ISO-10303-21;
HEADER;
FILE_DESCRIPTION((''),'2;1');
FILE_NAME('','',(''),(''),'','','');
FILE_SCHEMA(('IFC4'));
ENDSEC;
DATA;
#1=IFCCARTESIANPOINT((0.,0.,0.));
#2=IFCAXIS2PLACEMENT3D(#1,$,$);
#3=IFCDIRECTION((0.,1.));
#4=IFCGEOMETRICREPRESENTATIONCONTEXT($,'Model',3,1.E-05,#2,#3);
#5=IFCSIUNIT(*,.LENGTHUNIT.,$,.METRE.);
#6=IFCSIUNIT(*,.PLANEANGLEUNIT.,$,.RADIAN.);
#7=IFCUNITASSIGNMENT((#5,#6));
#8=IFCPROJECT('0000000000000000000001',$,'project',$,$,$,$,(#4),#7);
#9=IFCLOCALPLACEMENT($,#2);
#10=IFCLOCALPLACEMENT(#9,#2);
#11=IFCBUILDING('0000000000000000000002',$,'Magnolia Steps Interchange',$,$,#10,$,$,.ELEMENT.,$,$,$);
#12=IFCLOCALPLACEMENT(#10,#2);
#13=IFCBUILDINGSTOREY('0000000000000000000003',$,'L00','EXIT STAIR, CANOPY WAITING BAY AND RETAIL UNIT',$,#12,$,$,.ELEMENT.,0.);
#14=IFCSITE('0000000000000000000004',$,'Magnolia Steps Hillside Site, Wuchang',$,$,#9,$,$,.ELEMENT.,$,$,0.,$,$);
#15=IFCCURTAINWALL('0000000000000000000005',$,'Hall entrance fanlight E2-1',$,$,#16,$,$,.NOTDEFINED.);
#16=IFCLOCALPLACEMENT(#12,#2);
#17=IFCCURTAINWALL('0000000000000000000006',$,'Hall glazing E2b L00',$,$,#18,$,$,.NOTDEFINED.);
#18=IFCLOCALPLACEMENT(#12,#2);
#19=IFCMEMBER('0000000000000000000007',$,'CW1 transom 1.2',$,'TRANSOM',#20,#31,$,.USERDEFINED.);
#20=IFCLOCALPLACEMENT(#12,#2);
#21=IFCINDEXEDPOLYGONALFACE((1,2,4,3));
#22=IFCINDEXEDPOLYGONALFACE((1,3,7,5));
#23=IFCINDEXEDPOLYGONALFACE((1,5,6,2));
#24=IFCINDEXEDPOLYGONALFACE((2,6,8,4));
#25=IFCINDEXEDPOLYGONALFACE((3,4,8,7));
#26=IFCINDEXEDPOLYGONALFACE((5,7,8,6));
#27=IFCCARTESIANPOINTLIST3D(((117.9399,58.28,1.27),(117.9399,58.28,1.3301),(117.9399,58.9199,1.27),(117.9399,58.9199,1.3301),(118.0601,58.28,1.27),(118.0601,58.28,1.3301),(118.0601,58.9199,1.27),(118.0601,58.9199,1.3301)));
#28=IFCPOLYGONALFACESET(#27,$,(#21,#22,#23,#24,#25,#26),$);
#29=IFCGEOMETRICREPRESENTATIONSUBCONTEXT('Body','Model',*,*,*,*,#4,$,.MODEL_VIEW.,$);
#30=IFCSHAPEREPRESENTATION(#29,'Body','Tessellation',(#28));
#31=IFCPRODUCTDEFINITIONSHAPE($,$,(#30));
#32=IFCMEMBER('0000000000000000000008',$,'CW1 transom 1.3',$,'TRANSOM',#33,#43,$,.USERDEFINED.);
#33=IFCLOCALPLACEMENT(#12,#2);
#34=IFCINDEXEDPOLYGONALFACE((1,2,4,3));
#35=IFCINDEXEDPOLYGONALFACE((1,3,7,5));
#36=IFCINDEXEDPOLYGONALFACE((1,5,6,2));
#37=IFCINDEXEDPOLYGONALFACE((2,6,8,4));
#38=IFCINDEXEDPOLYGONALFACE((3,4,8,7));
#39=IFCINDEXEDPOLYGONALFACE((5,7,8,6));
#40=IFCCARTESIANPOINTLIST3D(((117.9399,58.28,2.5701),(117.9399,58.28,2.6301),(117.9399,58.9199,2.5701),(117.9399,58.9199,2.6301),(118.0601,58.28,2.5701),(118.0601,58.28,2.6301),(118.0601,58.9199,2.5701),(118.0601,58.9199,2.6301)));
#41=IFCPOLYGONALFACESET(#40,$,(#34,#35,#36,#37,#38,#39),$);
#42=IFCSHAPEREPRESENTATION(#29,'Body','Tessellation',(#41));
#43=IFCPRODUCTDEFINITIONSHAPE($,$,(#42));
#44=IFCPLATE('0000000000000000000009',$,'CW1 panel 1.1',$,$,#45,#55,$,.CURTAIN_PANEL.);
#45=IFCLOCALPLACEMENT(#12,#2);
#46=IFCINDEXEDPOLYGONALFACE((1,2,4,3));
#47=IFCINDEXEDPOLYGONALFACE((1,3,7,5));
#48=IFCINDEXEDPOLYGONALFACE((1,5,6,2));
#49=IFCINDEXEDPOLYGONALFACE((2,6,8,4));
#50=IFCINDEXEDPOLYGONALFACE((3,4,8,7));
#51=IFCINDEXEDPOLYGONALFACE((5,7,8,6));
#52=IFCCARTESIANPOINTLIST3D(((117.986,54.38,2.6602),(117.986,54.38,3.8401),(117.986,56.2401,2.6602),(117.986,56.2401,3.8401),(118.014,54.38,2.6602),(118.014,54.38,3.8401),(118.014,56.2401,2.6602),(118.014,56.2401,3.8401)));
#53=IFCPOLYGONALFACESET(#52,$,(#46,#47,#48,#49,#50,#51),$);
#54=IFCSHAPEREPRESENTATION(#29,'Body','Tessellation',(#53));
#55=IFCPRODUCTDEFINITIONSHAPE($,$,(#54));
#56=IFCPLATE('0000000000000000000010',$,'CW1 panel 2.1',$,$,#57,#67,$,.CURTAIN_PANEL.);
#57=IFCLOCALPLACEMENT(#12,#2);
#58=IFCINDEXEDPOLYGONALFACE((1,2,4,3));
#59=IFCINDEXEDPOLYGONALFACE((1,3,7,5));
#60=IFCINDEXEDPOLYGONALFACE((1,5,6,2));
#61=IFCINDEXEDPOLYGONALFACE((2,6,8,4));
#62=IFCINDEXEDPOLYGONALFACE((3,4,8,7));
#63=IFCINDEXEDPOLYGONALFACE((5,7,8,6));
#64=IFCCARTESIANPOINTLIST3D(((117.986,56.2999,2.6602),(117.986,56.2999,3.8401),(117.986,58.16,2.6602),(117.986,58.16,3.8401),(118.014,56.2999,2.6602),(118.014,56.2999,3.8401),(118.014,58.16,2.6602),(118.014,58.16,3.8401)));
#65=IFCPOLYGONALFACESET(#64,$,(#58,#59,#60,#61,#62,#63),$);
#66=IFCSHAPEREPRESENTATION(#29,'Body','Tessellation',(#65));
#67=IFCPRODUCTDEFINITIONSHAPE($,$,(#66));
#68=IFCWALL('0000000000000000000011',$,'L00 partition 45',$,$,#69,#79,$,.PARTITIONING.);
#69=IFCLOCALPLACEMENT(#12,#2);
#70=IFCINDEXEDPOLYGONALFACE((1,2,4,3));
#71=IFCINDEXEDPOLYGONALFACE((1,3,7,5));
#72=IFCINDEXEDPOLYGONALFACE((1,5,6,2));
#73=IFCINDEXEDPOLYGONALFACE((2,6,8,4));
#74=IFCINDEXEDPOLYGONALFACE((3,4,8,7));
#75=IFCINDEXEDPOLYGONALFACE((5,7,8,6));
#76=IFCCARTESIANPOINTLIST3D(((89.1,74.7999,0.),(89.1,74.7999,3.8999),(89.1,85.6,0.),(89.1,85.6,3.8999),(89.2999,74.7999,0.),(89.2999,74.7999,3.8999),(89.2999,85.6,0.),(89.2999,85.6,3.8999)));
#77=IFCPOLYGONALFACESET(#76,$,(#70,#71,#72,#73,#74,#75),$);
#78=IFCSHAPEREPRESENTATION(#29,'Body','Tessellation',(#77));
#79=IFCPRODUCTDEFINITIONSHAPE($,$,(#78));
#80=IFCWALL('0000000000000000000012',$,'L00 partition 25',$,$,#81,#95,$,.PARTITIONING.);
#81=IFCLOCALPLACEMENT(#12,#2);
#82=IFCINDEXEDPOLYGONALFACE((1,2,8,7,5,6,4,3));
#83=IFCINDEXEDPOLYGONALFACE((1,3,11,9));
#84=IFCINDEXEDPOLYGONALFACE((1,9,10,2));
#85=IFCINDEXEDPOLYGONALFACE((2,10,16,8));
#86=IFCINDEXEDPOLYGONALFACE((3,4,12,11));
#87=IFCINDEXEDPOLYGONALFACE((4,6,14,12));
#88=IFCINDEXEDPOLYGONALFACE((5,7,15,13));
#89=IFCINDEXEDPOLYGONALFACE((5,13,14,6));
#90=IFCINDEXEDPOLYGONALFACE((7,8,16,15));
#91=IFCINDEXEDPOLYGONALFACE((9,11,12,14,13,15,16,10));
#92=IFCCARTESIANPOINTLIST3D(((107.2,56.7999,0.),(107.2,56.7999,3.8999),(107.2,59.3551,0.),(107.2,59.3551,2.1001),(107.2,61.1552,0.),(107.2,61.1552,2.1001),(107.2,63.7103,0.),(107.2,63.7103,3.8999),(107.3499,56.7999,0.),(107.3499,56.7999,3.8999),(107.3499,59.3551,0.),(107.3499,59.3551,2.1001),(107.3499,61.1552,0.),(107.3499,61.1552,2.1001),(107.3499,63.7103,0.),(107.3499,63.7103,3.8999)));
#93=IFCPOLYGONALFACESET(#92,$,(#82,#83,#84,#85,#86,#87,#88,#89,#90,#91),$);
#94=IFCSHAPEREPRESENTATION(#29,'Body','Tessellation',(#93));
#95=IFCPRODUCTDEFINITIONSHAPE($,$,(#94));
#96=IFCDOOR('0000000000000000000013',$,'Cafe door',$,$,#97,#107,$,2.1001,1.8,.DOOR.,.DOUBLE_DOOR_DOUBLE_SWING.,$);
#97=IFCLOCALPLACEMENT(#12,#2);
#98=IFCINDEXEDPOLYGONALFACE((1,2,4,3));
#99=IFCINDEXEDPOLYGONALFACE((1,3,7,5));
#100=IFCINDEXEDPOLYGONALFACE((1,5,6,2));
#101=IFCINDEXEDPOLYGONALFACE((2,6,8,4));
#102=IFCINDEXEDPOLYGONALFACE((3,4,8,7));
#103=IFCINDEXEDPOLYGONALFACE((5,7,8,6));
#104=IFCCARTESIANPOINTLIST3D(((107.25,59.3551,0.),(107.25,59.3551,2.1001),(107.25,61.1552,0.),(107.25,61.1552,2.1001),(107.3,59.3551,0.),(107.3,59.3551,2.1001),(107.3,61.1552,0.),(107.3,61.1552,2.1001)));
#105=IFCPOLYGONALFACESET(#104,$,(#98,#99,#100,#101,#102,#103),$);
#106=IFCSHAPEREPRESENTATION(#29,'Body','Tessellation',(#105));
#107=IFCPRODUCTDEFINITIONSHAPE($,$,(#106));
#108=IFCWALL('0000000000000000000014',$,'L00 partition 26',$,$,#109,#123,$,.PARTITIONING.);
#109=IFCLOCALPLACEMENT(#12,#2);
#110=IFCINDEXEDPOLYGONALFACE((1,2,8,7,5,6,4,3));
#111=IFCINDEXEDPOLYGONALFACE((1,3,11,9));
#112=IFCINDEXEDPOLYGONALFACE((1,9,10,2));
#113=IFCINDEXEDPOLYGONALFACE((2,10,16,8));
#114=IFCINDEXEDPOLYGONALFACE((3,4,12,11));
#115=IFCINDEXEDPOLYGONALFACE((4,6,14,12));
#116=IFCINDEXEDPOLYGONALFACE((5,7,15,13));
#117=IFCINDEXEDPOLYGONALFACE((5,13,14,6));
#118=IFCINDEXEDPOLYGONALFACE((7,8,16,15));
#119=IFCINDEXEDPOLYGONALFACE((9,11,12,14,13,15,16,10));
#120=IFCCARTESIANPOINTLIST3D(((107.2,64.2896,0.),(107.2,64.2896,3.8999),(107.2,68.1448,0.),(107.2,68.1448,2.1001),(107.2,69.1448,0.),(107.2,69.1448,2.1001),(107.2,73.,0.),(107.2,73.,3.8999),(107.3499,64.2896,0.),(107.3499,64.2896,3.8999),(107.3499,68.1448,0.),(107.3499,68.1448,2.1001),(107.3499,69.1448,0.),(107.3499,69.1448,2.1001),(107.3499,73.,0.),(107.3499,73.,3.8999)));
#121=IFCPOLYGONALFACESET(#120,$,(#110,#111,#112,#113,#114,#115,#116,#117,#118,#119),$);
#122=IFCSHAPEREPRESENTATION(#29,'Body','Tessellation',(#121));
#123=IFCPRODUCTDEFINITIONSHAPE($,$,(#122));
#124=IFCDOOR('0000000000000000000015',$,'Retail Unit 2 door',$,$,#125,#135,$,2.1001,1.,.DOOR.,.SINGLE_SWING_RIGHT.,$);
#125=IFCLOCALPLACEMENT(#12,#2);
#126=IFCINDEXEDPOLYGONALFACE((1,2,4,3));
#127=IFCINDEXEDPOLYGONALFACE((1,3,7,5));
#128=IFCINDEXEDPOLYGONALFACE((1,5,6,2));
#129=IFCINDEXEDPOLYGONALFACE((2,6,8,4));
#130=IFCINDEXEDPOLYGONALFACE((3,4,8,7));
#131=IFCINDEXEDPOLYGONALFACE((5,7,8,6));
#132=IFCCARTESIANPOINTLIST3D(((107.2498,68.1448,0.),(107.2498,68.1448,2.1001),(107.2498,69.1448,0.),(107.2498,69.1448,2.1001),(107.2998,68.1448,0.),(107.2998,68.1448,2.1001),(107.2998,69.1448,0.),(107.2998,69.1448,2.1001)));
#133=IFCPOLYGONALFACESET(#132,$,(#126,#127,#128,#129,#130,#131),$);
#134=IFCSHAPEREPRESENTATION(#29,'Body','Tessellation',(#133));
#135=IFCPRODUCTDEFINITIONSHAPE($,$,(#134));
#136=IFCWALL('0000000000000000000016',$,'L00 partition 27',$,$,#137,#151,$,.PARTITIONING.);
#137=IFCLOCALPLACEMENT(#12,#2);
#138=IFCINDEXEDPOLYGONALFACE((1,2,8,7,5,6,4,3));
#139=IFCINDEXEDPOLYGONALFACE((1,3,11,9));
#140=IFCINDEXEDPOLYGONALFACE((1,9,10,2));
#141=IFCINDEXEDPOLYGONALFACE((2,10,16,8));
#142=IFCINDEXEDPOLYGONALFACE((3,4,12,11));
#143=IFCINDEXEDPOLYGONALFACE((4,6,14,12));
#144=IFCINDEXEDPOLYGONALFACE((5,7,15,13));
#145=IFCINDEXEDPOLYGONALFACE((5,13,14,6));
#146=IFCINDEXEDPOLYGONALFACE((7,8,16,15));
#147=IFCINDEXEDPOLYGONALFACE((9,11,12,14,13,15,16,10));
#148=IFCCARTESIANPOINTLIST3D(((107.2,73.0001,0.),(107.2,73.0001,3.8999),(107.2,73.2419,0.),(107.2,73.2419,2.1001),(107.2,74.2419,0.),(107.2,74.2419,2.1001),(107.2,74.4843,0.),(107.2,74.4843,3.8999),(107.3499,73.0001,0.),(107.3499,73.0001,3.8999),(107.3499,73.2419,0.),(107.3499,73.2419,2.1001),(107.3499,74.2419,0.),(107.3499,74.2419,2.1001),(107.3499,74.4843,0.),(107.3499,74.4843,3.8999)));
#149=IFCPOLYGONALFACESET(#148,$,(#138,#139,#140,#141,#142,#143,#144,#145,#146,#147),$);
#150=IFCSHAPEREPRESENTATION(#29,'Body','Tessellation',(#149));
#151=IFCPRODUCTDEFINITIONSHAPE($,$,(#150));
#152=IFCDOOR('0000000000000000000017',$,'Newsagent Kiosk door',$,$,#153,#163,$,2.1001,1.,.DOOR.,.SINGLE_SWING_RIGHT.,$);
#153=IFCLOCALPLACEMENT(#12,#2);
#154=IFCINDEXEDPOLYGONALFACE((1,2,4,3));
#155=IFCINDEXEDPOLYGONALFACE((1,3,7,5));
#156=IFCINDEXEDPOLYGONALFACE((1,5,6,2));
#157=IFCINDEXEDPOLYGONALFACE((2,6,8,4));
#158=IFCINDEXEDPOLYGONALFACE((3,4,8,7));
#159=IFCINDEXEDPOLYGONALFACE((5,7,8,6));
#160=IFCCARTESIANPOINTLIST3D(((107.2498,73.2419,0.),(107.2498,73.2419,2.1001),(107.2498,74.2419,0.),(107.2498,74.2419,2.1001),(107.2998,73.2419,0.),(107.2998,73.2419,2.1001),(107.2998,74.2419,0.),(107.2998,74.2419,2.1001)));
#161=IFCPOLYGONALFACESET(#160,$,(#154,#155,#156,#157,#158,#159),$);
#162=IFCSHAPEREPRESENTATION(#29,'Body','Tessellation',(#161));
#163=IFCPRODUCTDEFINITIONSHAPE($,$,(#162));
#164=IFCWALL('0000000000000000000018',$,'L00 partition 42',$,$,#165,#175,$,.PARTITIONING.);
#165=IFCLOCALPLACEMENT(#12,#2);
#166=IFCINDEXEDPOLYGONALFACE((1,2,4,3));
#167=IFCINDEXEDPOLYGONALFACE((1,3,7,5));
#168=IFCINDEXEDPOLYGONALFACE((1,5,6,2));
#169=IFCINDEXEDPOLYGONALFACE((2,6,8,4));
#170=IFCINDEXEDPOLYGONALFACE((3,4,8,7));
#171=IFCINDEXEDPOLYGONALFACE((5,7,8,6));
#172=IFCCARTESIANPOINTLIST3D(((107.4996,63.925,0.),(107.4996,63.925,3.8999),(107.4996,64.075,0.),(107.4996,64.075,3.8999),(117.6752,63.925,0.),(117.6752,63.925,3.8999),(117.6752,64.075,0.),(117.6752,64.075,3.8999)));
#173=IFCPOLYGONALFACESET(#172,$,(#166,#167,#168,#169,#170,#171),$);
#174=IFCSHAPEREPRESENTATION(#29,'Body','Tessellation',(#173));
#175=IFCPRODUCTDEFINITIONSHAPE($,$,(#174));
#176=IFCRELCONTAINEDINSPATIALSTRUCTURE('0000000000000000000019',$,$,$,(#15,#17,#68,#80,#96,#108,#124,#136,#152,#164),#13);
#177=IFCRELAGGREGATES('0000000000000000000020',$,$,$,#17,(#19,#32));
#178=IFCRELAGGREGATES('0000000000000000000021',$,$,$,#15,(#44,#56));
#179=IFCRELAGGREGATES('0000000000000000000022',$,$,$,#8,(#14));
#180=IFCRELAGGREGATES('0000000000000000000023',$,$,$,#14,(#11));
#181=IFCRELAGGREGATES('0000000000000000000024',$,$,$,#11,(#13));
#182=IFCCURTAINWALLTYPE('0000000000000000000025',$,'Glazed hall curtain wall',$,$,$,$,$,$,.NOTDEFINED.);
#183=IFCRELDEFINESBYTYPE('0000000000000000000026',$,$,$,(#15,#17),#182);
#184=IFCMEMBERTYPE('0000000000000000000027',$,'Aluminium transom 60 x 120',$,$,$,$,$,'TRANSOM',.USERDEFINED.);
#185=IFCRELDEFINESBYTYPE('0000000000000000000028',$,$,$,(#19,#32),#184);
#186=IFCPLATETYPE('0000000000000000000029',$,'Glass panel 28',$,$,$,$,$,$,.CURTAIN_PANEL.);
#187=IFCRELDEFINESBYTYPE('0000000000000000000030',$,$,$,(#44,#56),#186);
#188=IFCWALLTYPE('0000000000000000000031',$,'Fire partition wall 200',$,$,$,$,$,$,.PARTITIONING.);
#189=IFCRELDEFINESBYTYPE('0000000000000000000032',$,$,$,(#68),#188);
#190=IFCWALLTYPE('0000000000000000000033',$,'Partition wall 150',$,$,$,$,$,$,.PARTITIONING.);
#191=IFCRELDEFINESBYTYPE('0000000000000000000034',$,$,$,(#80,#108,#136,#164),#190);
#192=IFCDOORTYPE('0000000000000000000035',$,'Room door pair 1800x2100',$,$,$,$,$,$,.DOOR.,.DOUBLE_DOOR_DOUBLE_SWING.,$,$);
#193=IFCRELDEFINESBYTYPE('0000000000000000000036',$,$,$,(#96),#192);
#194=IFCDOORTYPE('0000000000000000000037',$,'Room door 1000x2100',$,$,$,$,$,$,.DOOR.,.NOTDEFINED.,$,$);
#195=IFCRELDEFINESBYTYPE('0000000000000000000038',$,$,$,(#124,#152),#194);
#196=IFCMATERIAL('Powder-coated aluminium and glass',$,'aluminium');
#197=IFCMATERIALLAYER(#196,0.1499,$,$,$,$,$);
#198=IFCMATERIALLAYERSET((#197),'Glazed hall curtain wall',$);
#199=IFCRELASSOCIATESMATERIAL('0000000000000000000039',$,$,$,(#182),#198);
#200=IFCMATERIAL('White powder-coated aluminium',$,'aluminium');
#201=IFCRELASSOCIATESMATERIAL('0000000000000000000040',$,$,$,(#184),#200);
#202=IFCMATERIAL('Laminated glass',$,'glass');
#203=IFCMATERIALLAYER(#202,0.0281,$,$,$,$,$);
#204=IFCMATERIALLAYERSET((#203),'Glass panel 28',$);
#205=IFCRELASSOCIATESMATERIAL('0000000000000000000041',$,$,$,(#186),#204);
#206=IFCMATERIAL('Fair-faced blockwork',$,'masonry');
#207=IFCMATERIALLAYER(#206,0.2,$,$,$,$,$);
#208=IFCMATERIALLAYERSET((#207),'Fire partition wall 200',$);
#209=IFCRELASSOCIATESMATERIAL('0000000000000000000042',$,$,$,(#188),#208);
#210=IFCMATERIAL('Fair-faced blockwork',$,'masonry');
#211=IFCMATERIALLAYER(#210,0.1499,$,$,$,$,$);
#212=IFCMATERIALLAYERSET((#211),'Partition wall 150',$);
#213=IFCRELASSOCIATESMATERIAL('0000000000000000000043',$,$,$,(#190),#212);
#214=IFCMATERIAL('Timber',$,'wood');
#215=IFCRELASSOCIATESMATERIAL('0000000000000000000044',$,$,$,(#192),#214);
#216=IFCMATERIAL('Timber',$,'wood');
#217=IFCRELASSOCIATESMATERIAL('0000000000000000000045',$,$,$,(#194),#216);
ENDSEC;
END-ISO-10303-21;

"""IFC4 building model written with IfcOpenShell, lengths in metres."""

from ifc_helpers import new_model, si_unit, direction, frame, frame_2d, origin, origin_2d, place, context, subcontext, project, spatial, rectangle, extrude, material, layer, layer_set, material_profile, profile_set, type_object, element, fill, aggregate, save


model = new_model("IFC4")

# Units and contexts
model_context = context("Model", 3, precision=1e-05, world=origin(), true_north=direction((0.0, 1.0)))
body_context = subcontext(model_context, "Body", "Model", "MODEL_VIEW")
ifc_project = project(units=[si_unit("LENGTHUNIT", "METRE"), si_unit("PLANEANGLEUNIT", "RADIAN")], contexts=[model_context])

# Site, building, storey
site_placement = place(None, origin())
site = spatial("IfcSite", under=ifc_project, at=site_placement, Name="Magnolia Steps Hillside Site, Wuchang", CompositionType="ELEMENT", RefElevation=0.0)
building_placement = place(site_placement, origin())
building = spatial("IfcBuilding", under=site, at=building_placement, Name="Magnolia Steps Interchange", CompositionType="ELEMENT")
storey_placement = place(building_placement, origin())
storey = spatial("IfcBuildingStorey", under=building, at=storey_placement, Name="L00", Description="EXIT STAIR, CANOPY WAITING BAY AND RETAIL UNIT", CompositionType="ELEMENT", Elevation=0.0)

# Curtain wall
ifc_material_1 = material(Name="Powder-coated aluminium and glass", Category="aluminium")
ifc_layer_1 = layer(ifc_material_1, 0.1499)
ifc_layer_set_1 = layer_set([ifc_layer_1], Name="Glazed hall curtain wall")
curtain_wall_type = type_object("IfcCurtainWallType", Name="Glazed hall curtain wall", PredefinedType="NOTDEFINED", material=ifc_layer_set_1)
curtain_wall_1_placement = place(storey_placement, origin())
curtain_wall_1 = element("IfcCurtainWall", 1, at=curtain_wall_1_placement, inside=storey, type_object=curtain_wall_type, Name="Hall entrance fanlight E2-1", PredefinedType="NOTDEFINED")

# Curtain wall
curtain_wall_2_placement = place(storey_placement, origin())
curtain_wall_2 = element("IfcCurtainWall", 2, at=curtain_wall_2_placement, inside=storey, type_object=curtain_wall_type, Name="Hall glazing E2b L00", PredefinedType="NOTDEFINED")

# Members
ifc_material_2 = material(Name="White powder-coated aluminium", Category="aluminium")
ifc_material_profile_1 = material_profile(ifc_material_2, rectangle(XDim=0.0601, YDim=0.1201, at=origin_2d()), Name="Aluminium transom 60 x 120")
ifc_profile_set_1 = profile_set([ifc_material_profile_1], Name="White powder-coated aluminium")
member_type_1 = type_object("IfcMemberType", Name="Aluminium transom 60 x 120", ElementType="TRANSOM", PredefinedType="USERDEFINED", material=ifc_profile_set_1)
member_1_placement = place(storey_placement, frame((118.0, 58.28, 1.3), z_axis=(0.0, 1.0, 0.0), x_axis=(0.0, 0.0, 1.0)))
member_1 = element("IfcMember", 3, at=member_1_placement, type_object=member_type_1, Name="CW1 transom 1.2", ObjectType="TRANSOM", PredefinedType="USERDEFINED", context=body_context, shape_type="SweptSolid", body=[
    extrude(rectangle(XDim=0.0601, YDim=0.1201, at=origin_2d()), origin(), (0.0, 0.0, 1.0), 0.6399),
])
member_2_placement = place(storey_placement, frame((118.0, 58.28, 2.6001), z_axis=(0.0, 1.0, 0.0), x_axis=(0.0, 0.0, 1.0)))
member_2 = element("IfcMember", 4, at=member_2_placement, type_object=member_type_1, Name="CW1 transom 1.3", ObjectType="TRANSOM", PredefinedType="USERDEFINED", context=body_context, shape_type="SweptSolid", body=[
    extrude(rectangle(XDim=0.0601, YDim=0.1201, at=origin_2d()), origin(), (0.0, 0.0, 1.0), 0.6399),
])
aggregate(curtain_wall_2, [member_1, member_2])

# Plates
ifc_material_3 = material(Name="Laminated glass", Category="glass")
ifc_layer_2 = layer(ifc_material_3, 0.0281)
ifc_layer_set_2 = layer_set([ifc_layer_2], Name="Glass panel 28")
plate_type = type_object("IfcPlateType", Name="Glass panel 28", PredefinedType="CURTAIN_PANEL", material=ifc_layer_set_2)
plate_1_placement = place(storey_placement, frame((118.0, 55.3101, 2.6602), z_axis=(0.0, 0.0, 1.0), x_axis=(0.0, 1.0, 0.0)))
plate_1 = element("IfcPlate", 5, at=plate_1_placement, type_object=plate_type, Name="CW1 panel 1.1", PredefinedType="CURTAIN_PANEL", context=body_context, shape_type="SweptSolid", body=[
    extrude(rectangle(XDim=1.8601, YDim=0.0281, at=origin_2d()), origin(), (0.0, 0.0, 1.0), 1.1799),
])
plate_2_placement = place(storey_placement, frame((118.0, 57.23, 2.6602), z_axis=(0.0, 0.0, 1.0), x_axis=(0.0, 1.0, 0.0)))
plate_2 = element("IfcPlate", 6, at=plate_2_placement, type_object=plate_type, Name="CW1 panel 2.1", PredefinedType="CURTAIN_PANEL", context=body_context, shape_type="SweptSolid", body=[
    extrude(rectangle(XDim=1.8601, YDim=0.0281, at=origin_2d()), origin(), (0.0, 0.0, 1.0), 1.1799),
])
aggregate(curtain_wall_1, [plate_1, plate_2])

# Wall
ifc_material_4 = material(Name="Fair-faced blockwork", Category="masonry")
ifc_layer_3 = layer(ifc_material_4, 0.2)
ifc_layer_set_3 = layer_set([ifc_layer_3], Name="Fire partition wall 200")
wall_type_1 = type_object("IfcWallType", Name="Fire partition wall 200", PredefinedType="PARTITIONING", material=ifc_layer_set_3)
wall_1_placement = place(storey_placement, frame((89.2, 74.8, 0.0), z_axis=(0.0, 0.0, 1.0), x_axis=(0.0, 1.0, 0.0)))
element("IfcWall", 7, at=wall_1_placement, inside=storey, type_object=wall_type_1, Name="L00 partition 45", PredefinedType="PARTITIONING", context=body_context, shape_type="SweptSolid", body=[
    extrude(rectangle(XDim=10.8, YDim=0.2, at=frame_2d((5.3999, 0.0))), origin(), (0.0, 0.0, 1.0), 3.8999),
])

# Walls, openings, doors
ifc_material_5 = material(Name="Fair-faced blockwork", Category="masonry")
ifc_layer_4 = layer(ifc_material_5, 0.1499)
ifc_layer_set_4 = layer_set([ifc_layer_4], Name="Partition wall 150")
wall_type_2 = type_object("IfcWallType", Name="Partition wall 150", PredefinedType="PARTITIONING", material=ifc_layer_set_4)
wall_2_placement = place(storey_placement, frame((107.2749, 56.8, 0.0), z_axis=(0.0, 0.0, 1.0), x_axis=(0.0, 1.0, 0.0)))
wall_2 = element("IfcWall", 8, at=wall_2_placement, inside=storey, type_object=wall_type_2, Name="L00 partition 25", PredefinedType="PARTITIONING", context=body_context, shape_type="SweptSolid", body=[
    extrude(rectangle(XDim=6.9104, YDim=0.1499, at=frame_2d((3.4551, 0.0))), origin(), (0.0, 0.0, 1.0), 3.8999),
])
opening_1_placement = place(wall_2_placement, frame((2.5552, 0.0, 0.0)))
opening_1 = element("IfcOpeningElement", 9, at=opening_1_placement, cuts=wall_2, PredefinedType="OPENING", context=body_context, shape_type="SweptSolid", body=[
    extrude(rectangle(XDim=1.8, YDim=2.1001, at=frame_2d((0.8999, 1.05))), frame((0.0, 0.085, 0.0), z_axis=(0.0, -1.0, 0.0), x_axis=(1.0, 0.0, 0.0)), (0.0, 0.0, 1.0), 0.1699),
])
ifc_material_6 = material(Name="Timber", Category="wood")
door_type_1 = type_object("IfcDoorType", Name="Room door pair 1800x2100", OperationType="DOUBLE_DOOR_DOUBLE_SWING", PredefinedType="DOOR", material=ifc_material_6)
door_1_placement = place(opening_1_placement, origin())
door_1 = element("IfcDoor", 10, at=door_1_placement, inside=storey, type_object=door_type_1, Name="Cafe door", OperationType="DOUBLE_DOOR_DOUBLE_SWING", OverallHeight=2.1001, OverallWidth=1.8, PredefinedType="DOOR", context=body_context, shape_type="SweptSolid", body=[
    extrude(rectangle(XDim=1.8, YDim=2.1001, at=frame_2d((0.8999, 1.05))), frame((0.0, 0.0249, 0.0), z_axis=(0.0, -1.0, 0.0), x_axis=(1.0, 0.0, 0.0)), (0.0, 0.0, 1.0), 0.05),
])
fill(opening_1, door_1)
wall_3_placement = place(storey_placement, frame((107.2749, 64.2896, 0.0), z_axis=(0.0, 0.0, 1.0), x_axis=(0.0, 1.0, 0.0)))
wall_3 = element("IfcWall", 11, at=wall_3_placement, inside=storey, type_object=wall_type_2, Name="L00 partition 26", PredefinedType="PARTITIONING", context=body_context, shape_type="SweptSolid", body=[
    extrude(rectangle(XDim=8.7104, YDim=0.1499, at=frame_2d((4.3552, 0.0))), origin(), (0.0, 0.0, 1.0), 3.8999),
])
opening_2_placement = place(wall_3_placement, frame((3.8552, 0.0, 0.0)))
opening_2 = element("IfcOpeningElement", 12, at=opening_2_placement, cuts=wall_3, PredefinedType="OPENING", context=body_context, shape_type="SweptSolid", body=[
    extrude(rectangle(XDim=1.0, YDim=2.1001, at=frame_2d((0.5, 1.05))), frame((0.0, 0.085, 0.0), z_axis=(0.0, -1.0, 0.0), x_axis=(1.0, 0.0, 0.0)), (0.0, 0.0, 1.0), 0.1699),
])
ifc_material_7 = material(Name="Timber", Category="wood")
door_type_2 = type_object("IfcDoorType", Name="Room door 1000x2100", OperationType="NOTDEFINED", PredefinedType="DOOR", material=ifc_material_7)
door_2_placement = place(opening_2_placement, frame((1.0, 0.0, 0.0), z_axis=(0.0, 0.0, 1.0), x_axis=(-1.0, 0.0, 0.0)))
door_2 = element("IfcDoor", 13, at=door_2_placement, inside=storey, type_object=door_type_2, Name="Retail Unit 2 door", OperationType="SINGLE_SWING_RIGHT", OverallHeight=2.1001, OverallWidth=1.0, PredefinedType="DOOR", context=body_context, shape_type="SweptSolid", body=[
    extrude(rectangle(XDim=1.0, YDim=2.1001, at=frame_2d((0.5, 1.05))), frame((0.0, 0.0249, 0.0), z_axis=(0.0, -1.0, 0.0), x_axis=(1.0, 0.0, 0.0)), (0.0, 0.0, 1.0), 0.05),
])
fill(opening_2, door_2)
wall_4_placement = place(storey_placement, frame((107.2749, 73.0, 0.0), z_axis=(0.0, 0.0, 1.0), x_axis=(0.0, 1.0, 0.0)))
wall_4 = element("IfcWall", 14, at=wall_4_placement, inside=storey, type_object=wall_type_2, Name="L00 partition 27", PredefinedType="PARTITIONING", context=body_context, shape_type="SweptSolid", body=[
    extrude(rectangle(XDim=1.4841, YDim=0.1499, at=frame_2d((0.7422, 0.0))), origin(), (0.0, 0.0, 1.0), 3.8999),
])
opening_3_placement = place(wall_4_placement, frame((0.2419, 0.0, 0.0)))
opening_3 = element("IfcOpeningElement", 15, at=opening_3_placement, cuts=wall_4, PredefinedType="OPENING", context=body_context, shape_type="SweptSolid", body=[
    extrude(rectangle(XDim=1.0, YDim=2.1001, at=frame_2d((0.5, 1.05))), frame((0.0, 0.085, 0.0), z_axis=(0.0, -1.0, 0.0), x_axis=(1.0, 0.0, 0.0)), (0.0, 0.0, 1.0), 0.1699),
])
door_3_placement = place(opening_3_placement, frame((1.0, 0.0, 0.0), z_axis=(0.0, 0.0, 1.0), x_axis=(-1.0, 0.0, 0.0)))
door_3 = element("IfcDoor", 16, at=door_3_placement, inside=storey, type_object=door_type_2, Name="Newsagent Kiosk door", OperationType="SINGLE_SWING_RIGHT", OverallHeight=2.1001, OverallWidth=1.0, PredefinedType="DOOR", context=body_context, shape_type="SweptSolid", body=[
    extrude(rectangle(XDim=1.0, YDim=2.1001, at=frame_2d((0.5, 1.05))), frame((0.0, 0.0249, 0.0), z_axis=(0.0, -1.0, 0.0), x_axis=(1.0, 0.0, 0.0)), (0.0, 0.0, 1.0), 0.05),
])
fill(opening_3, door_3)

# Wall
wall_5_placement = place(storey_placement, frame((107.4995, 64.0, 0.0), z_axis=(0.0, 0.0, 1.0), x_axis=(1.0, 0.0, 0.0)))
element("IfcWall", 17, at=wall_5_placement, inside=storey, type_object=wall_type_2, Name="L00 partition 42", PredefinedType="PARTITIONING", context=body_context, shape_type="SweptSolid", body=[
    extrude(rectangle(XDim=10.1755, YDim=0.1499, at=frame_2d((5.0879, 0.0))), origin(), (0.0, 0.0, 1.0), 3.8999),
])

save(model, "model.ifc")
